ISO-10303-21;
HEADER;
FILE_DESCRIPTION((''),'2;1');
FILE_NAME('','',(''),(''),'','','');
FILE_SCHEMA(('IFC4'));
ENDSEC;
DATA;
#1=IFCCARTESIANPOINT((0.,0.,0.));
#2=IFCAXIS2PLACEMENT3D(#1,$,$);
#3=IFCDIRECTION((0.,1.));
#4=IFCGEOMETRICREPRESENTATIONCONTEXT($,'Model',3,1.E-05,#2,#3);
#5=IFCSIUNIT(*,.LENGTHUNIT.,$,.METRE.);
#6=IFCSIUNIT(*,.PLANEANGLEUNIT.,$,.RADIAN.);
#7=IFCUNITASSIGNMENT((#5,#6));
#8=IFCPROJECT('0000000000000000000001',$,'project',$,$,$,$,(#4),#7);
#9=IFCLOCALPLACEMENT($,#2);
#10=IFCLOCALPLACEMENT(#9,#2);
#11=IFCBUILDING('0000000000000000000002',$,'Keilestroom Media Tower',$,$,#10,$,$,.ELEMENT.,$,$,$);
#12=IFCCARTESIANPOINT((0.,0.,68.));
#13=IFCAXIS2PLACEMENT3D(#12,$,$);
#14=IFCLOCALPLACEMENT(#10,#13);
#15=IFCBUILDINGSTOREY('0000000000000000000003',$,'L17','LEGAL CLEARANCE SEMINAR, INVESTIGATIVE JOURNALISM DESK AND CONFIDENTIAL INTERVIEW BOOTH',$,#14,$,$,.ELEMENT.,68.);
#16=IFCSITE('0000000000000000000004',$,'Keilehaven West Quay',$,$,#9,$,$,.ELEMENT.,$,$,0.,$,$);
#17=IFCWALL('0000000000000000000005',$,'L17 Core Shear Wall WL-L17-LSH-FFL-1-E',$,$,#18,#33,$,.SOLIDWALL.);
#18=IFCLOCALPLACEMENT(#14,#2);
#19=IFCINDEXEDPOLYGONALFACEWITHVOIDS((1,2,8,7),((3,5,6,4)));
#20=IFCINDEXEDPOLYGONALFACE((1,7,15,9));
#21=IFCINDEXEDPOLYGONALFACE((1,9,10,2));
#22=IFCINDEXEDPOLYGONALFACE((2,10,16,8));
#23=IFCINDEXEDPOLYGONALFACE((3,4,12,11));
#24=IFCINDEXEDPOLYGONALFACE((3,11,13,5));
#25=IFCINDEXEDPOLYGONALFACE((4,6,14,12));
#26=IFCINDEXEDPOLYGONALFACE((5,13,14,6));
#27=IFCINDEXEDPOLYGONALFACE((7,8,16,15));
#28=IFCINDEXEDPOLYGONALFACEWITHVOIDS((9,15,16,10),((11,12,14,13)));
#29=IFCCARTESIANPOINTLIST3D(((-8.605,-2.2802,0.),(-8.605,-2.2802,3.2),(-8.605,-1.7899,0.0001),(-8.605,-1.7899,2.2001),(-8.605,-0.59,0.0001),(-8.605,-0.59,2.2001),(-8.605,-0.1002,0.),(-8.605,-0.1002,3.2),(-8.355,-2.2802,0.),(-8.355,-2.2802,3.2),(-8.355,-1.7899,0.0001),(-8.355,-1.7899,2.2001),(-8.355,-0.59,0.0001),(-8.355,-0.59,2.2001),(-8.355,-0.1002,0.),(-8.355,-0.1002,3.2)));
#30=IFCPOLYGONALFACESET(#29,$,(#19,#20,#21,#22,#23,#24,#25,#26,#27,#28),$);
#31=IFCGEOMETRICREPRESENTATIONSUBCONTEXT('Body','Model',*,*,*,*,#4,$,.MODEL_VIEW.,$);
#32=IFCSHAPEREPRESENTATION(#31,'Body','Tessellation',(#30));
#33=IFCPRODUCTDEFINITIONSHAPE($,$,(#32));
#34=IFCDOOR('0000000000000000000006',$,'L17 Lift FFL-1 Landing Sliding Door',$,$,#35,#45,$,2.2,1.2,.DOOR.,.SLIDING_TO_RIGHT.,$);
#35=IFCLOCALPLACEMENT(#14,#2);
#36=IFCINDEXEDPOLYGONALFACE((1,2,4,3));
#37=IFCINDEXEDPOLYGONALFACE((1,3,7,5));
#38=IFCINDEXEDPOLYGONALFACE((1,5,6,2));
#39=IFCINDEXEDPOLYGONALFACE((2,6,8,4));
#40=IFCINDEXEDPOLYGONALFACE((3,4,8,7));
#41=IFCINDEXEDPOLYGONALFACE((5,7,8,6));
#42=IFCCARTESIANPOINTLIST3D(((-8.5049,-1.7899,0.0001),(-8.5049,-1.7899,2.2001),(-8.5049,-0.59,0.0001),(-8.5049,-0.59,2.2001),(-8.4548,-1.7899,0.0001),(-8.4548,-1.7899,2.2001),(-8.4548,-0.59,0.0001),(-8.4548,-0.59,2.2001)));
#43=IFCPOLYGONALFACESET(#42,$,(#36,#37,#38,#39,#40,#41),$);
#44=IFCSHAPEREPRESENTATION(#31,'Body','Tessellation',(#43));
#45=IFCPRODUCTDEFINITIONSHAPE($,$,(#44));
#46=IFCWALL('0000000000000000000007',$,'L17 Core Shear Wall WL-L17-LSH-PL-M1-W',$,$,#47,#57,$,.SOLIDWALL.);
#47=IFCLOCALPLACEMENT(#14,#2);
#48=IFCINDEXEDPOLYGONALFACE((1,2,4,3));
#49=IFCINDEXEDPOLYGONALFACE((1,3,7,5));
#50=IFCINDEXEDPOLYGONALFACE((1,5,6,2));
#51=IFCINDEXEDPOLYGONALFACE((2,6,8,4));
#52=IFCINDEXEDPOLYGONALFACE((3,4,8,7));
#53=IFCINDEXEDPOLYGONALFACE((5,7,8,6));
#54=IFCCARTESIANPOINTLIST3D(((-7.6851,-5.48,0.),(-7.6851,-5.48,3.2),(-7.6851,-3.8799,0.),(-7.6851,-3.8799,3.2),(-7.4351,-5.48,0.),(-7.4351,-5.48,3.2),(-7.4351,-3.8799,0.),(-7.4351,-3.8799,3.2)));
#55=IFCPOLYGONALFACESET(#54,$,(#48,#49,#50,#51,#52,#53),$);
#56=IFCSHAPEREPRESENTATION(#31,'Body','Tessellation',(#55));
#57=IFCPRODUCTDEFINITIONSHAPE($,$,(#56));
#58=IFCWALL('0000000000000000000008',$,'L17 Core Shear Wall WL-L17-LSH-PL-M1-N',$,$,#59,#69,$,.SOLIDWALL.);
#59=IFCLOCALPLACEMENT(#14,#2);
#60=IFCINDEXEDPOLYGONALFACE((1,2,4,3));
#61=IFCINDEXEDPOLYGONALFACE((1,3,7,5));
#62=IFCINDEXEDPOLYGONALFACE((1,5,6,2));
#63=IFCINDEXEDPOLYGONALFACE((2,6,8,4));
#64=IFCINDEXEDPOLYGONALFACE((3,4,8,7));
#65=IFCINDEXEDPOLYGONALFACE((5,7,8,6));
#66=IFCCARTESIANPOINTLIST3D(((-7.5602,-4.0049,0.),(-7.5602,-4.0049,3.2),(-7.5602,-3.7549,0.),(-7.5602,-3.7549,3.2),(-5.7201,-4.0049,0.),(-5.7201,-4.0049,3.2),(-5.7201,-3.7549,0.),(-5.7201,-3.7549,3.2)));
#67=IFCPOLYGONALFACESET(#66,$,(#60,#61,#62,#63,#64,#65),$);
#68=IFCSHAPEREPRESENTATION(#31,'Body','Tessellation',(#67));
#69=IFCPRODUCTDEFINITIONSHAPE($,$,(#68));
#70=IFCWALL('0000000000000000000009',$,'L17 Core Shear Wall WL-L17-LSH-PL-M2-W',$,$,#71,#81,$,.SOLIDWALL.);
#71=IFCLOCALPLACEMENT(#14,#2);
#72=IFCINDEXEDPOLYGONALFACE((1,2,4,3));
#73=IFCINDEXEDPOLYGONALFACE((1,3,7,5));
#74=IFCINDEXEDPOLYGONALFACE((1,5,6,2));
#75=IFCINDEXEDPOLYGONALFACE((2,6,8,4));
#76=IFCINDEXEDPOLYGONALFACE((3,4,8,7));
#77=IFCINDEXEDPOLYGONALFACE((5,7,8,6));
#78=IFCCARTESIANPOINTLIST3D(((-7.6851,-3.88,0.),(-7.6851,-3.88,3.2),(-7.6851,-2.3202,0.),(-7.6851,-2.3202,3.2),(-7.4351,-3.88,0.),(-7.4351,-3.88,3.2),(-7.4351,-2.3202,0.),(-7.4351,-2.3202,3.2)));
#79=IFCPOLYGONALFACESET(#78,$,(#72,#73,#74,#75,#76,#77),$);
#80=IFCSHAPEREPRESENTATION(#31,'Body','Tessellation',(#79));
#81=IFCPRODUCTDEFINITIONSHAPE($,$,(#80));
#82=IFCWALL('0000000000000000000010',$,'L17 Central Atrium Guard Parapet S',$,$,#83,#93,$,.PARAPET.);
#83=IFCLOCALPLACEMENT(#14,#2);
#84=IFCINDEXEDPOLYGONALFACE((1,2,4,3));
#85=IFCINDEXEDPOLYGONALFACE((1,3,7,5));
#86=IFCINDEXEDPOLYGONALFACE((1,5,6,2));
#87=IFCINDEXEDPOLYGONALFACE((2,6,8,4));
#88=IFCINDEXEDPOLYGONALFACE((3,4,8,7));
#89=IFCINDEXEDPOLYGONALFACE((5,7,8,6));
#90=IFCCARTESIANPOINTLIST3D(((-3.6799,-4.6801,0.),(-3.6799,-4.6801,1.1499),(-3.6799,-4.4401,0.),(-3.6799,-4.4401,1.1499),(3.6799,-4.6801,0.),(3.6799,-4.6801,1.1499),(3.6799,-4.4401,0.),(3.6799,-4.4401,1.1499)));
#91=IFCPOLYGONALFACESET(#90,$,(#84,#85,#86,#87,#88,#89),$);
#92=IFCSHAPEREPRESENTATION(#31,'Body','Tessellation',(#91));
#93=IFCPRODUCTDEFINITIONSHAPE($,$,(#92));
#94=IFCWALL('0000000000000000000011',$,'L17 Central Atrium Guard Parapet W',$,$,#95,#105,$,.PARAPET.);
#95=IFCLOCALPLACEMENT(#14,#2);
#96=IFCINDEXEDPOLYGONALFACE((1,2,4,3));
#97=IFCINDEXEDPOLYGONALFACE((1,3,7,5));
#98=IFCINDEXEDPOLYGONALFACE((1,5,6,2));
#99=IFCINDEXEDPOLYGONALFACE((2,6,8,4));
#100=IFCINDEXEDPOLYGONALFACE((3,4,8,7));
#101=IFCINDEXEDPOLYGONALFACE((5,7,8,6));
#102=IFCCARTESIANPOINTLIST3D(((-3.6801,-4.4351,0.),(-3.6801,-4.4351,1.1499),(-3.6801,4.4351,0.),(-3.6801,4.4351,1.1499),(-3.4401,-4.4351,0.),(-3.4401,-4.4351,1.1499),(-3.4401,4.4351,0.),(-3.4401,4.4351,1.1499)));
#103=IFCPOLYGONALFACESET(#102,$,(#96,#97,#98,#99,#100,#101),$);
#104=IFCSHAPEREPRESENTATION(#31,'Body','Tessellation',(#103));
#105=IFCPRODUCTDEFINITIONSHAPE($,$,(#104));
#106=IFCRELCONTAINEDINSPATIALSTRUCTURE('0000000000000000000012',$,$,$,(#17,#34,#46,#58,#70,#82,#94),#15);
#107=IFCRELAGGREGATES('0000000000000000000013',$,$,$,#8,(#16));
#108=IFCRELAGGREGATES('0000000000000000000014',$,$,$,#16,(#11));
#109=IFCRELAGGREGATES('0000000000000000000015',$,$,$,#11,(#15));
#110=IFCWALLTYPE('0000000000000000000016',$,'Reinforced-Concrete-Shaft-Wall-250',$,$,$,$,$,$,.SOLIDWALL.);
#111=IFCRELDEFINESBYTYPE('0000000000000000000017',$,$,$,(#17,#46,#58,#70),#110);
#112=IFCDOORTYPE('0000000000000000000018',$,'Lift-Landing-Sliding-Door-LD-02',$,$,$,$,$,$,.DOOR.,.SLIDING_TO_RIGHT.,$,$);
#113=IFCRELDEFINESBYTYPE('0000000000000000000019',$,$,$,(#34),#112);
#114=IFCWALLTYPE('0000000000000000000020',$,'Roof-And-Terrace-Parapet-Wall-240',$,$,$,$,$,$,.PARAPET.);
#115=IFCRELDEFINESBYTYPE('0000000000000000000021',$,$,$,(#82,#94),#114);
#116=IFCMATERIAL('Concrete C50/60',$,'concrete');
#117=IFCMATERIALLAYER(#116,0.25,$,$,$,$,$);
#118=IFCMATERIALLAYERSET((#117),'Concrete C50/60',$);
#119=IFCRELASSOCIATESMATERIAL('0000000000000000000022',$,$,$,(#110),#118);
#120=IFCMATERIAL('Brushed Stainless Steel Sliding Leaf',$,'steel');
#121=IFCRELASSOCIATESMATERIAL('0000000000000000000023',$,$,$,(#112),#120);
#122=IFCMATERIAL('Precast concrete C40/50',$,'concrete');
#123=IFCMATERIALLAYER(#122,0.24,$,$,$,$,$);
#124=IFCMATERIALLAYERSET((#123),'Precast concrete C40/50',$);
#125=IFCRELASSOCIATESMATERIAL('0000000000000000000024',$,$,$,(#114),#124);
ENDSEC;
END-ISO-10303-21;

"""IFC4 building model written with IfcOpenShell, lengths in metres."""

from ifc_helpers import new_model, si_unit, direction, frame, frame_2d, origin, place, context, subcontext, project, spatial, rectangle, extrude, source, transform, mapped, material, layer, layer_set, type_object, element, fill, save


model = new_model("IFC4")

# Units and contexts
model_context = context("Model", 3, precision=1e-05, world=origin(), true_north=direction((0.0, 1.0)))
body_context = subcontext(model_context, "Body", "Model", "MODEL_VIEW")
ifc_project = project(units=[si_unit("LENGTHUNIT", "METRE"), si_unit("PLANEANGLEUNIT", "RADIAN")], contexts=[model_context])

# Site, building, storey
site_placement = place(None, origin())
site = spatial("IfcSite", under=ifc_project, at=site_placement, Name="Keilehaven West Quay", CompositionType="ELEMENT", RefElevation=0.0)
building_placement = place(site_placement, origin())
building = spatial("IfcBuilding", under=site, at=building_placement, Name="Keilestroom Media Tower", CompositionType="ELEMENT")
storey_placement = place(building_placement, frame((0.0, 0.0, 68.0)))
storey = spatial("IfcBuildingStorey", under=building, at=storey_placement, Name="L17", Description="LEGAL CLEARANCE SEMINAR, INVESTIGATIVE JOURNALISM DESK AND CONFIDENTIAL INTERVIEW BOOTH", CompositionType="ELEMENT", Elevation=68.0)

# Shared definitions
shared_shape_1 = source(origin(), body_context, "Body", "SweptSolid", [
    extrude(rectangle(XDim=1.2, YDim=2.2, at=frame_2d((0.6001, 1.1001))), frame((0.0, 0.0249, 0.0), z_axis=(0.0, -1.0, 0.0), x_axis=(1.0, 0.0, 0.0)), (0.0, 0.0, 1.0), 0.05),
])

# Shared definitions
ifc_material_1 = material(Name="Concrete C50/60", Category="concrete")
ifc_layer_1 = layer(ifc_material_1, 0.25)
ifc_layer_set_1 = layer_set([ifc_layer_1], Name="Concrete C50/60")
wall_type_1 = type_object("IfcWallType", Name="Reinforced-Concrete-Shaft-Wall-250", PredefinedType="SOLIDWALL", material=ifc_layer_set_1)

# Wall, opening, door
wall_1_placement = place(storey_placement, frame((-8.48, -2.28, 0.0), z_axis=(0.0, 0.0, 1.0), x_axis=(0.0, 1.0, 0.0)))
wall_1 = element("IfcWall", 1, at=wall_1_placement, inside=storey, type_object=wall_type_1, Name="L17 Core Shear Wall WL-L17-LSH-FFL-1-E", PredefinedType="SOLIDWALL", context=body_context, shape_type="SweptSolid", body=[
    extrude(rectangle(XDim=2.1799, YDim=0.25, at=frame_2d((1.0898, 0.0))), origin(), (0.0, 0.0, 1.0), 3.2),
])
opening_1_placement = place(wall_1_placement, frame((0.49, 0.0, 0.0)))
opening_1 = element("IfcOpeningElement", 2, at=opening_1_placement, cuts=wall_1, PredefinedType="OPENING", context=body_context, shape_type="SweptSolid", body=[
    extrude(rectangle(XDim=1.2, YDim=2.2, at=frame_2d((0.6001, 1.1001))), frame((0.0, 0.135, 0.0), z_axis=(0.0, -1.0, 0.0), x_axis=(1.0, 0.0, 0.0)), (0.0, 0.0, 1.0), 0.27),
])
ifc_material_2 = material(Name="Brushed Stainless Steel Sliding Leaf", Category="steel")
door_type_1 = type_object("IfcDoorType", Name="Lift-Landing-Sliding-Door-LD-02", OperationType="SLIDING_TO_RIGHT", PredefinedType="DOOR", material=ifc_material_2)
door_1_placement = place(opening_1_placement, origin())
door_1 = element("IfcDoor", 3, at=door_1_placement, inside=storey, type_object=door_type_1, Name="L17 Lift FFL-1 Landing Sliding Door", OperationType="SLIDING_TO_RIGHT", OverallHeight=2.2, OverallWidth=1.2, PredefinedType="DOOR", context=body_context, shape_type="MappedRepresentation", body=[
    mapped(shared_shape_1, transform((0.0, 0.0, 0.0), x_axis=(1.0, 0.0, 0.0), y_axis=(0.0, 1.0, 0.0), z_axis=(0.0, 0.0, 1.0), scale=1.0)),
])
fill(opening_1, door_1)

# Walls
wall_2_placement = place(storey_placement, frame((-7.5601, -5.48, 0.0), z_axis=(0.0, 0.0, 1.0), x_axis=(0.0, 1.0, 0.0)))
element("IfcWall", 4, at=wall_2_placement, inside=storey, type_object=wall_type_1, Name="L17 Core Shear Wall WL-L17-LSH-PL-M1-W", PredefinedType="SOLIDWALL", context=body_context, shape_type="SweptSolid", body=[
    extrude(rectangle(XDim=1.6001, YDim=0.25, at=frame_2d((0.8, 0.0))), origin(), (0.0, 0.0, 1.0), 3.2),
])
wall_3_placement = place(storey_placement, frame((-7.5601, -3.8799, 0.0), z_axis=(0.0, 0.0, 1.0), x_axis=(1.0, 0.0, 0.0)))
element("IfcWall", 5, at=wall_3_placement, inside=storey, type_object=wall_type_1, Name="L17 Core Shear Wall WL-L17-LSH-PL-M1-N", PredefinedType="SOLIDWALL", context=body_context, shape_type="SweptSolid", body=[
    extrude(rectangle(XDim=1.8401, YDim=0.25, at=frame_2d((0.9199, 0.0))), origin(), (0.0, 0.0, 1.0), 3.2),
])
wall_4_placement = place(storey_placement, frame((-7.5601, -3.8799, 0.0), z_axis=(0.0, 0.0, 1.0), x_axis=(0.0, 1.0, 0.0)))
element("IfcWall", 6, at=wall_4_placement, inside=storey, type_object=wall_type_1, Name="L17 Core Shear Wall WL-L17-LSH-PL-M2-W", PredefinedType="SOLIDWALL", context=body_context, shape_type="SweptSolid", body=[
    extrude(rectangle(XDim=1.5598, YDim=0.25, at=frame_2d((0.7798, 0.0))), origin(), (0.0, 0.0, 1.0), 3.2),
])
ifc_material_3 = material(Name="Precast concrete C40/50", Category="concrete")
ifc_layer_2 = layer(ifc_material_3, 0.24)
ifc_layer_set_2 = layer_set([ifc_layer_2], Name="Precast concrete C40/50")
wall_type_2 = type_object("IfcWallType", Name="Roof-And-Terrace-Parapet-Wall-240", PredefinedType="PARAPET", material=ifc_layer_set_2)
wall_5_placement = place(storey_placement, frame((-3.6799, -4.5601, 0.0), z_axis=(0.0, 0.0, 1.0), x_axis=(1.0, 0.0, 0.0)))
element("IfcWall", 7, at=wall_5_placement, inside=storey, type_object=wall_type_2, Name="L17 Central Atrium Guard Parapet S", PredefinedType="PARAPET", context=body_context, shape_type="SweptSolid", body=[
    extrude(rectangle(XDim=7.3599, YDim=0.24, at=frame_2d((3.6799, 0.0))), origin(), (0.0, 0.0, 1.0), 1.1499),
])
wall_6_placement = place(storey_placement, frame((-3.5601, -4.4351, 0.0), z_axis=(0.0, 0.0, 1.0), x_axis=(0.0, 1.0, 0.0)))
element("IfcWall", 8, at=wall_6_placement, inside=storey, type_object=wall_type_2, Name="L17 Central Atrium Guard Parapet W", PredefinedType="PARAPET", context=body_context, shape_type="SweptSolid", body=[
    extrude(rectangle(XDim=8.8701, YDim=0.24, at=frame_2d((4.4351, 0.0))), origin(), (0.0, 0.0, 1.0), 1.1499),
])

save(model, "model.ifc")
